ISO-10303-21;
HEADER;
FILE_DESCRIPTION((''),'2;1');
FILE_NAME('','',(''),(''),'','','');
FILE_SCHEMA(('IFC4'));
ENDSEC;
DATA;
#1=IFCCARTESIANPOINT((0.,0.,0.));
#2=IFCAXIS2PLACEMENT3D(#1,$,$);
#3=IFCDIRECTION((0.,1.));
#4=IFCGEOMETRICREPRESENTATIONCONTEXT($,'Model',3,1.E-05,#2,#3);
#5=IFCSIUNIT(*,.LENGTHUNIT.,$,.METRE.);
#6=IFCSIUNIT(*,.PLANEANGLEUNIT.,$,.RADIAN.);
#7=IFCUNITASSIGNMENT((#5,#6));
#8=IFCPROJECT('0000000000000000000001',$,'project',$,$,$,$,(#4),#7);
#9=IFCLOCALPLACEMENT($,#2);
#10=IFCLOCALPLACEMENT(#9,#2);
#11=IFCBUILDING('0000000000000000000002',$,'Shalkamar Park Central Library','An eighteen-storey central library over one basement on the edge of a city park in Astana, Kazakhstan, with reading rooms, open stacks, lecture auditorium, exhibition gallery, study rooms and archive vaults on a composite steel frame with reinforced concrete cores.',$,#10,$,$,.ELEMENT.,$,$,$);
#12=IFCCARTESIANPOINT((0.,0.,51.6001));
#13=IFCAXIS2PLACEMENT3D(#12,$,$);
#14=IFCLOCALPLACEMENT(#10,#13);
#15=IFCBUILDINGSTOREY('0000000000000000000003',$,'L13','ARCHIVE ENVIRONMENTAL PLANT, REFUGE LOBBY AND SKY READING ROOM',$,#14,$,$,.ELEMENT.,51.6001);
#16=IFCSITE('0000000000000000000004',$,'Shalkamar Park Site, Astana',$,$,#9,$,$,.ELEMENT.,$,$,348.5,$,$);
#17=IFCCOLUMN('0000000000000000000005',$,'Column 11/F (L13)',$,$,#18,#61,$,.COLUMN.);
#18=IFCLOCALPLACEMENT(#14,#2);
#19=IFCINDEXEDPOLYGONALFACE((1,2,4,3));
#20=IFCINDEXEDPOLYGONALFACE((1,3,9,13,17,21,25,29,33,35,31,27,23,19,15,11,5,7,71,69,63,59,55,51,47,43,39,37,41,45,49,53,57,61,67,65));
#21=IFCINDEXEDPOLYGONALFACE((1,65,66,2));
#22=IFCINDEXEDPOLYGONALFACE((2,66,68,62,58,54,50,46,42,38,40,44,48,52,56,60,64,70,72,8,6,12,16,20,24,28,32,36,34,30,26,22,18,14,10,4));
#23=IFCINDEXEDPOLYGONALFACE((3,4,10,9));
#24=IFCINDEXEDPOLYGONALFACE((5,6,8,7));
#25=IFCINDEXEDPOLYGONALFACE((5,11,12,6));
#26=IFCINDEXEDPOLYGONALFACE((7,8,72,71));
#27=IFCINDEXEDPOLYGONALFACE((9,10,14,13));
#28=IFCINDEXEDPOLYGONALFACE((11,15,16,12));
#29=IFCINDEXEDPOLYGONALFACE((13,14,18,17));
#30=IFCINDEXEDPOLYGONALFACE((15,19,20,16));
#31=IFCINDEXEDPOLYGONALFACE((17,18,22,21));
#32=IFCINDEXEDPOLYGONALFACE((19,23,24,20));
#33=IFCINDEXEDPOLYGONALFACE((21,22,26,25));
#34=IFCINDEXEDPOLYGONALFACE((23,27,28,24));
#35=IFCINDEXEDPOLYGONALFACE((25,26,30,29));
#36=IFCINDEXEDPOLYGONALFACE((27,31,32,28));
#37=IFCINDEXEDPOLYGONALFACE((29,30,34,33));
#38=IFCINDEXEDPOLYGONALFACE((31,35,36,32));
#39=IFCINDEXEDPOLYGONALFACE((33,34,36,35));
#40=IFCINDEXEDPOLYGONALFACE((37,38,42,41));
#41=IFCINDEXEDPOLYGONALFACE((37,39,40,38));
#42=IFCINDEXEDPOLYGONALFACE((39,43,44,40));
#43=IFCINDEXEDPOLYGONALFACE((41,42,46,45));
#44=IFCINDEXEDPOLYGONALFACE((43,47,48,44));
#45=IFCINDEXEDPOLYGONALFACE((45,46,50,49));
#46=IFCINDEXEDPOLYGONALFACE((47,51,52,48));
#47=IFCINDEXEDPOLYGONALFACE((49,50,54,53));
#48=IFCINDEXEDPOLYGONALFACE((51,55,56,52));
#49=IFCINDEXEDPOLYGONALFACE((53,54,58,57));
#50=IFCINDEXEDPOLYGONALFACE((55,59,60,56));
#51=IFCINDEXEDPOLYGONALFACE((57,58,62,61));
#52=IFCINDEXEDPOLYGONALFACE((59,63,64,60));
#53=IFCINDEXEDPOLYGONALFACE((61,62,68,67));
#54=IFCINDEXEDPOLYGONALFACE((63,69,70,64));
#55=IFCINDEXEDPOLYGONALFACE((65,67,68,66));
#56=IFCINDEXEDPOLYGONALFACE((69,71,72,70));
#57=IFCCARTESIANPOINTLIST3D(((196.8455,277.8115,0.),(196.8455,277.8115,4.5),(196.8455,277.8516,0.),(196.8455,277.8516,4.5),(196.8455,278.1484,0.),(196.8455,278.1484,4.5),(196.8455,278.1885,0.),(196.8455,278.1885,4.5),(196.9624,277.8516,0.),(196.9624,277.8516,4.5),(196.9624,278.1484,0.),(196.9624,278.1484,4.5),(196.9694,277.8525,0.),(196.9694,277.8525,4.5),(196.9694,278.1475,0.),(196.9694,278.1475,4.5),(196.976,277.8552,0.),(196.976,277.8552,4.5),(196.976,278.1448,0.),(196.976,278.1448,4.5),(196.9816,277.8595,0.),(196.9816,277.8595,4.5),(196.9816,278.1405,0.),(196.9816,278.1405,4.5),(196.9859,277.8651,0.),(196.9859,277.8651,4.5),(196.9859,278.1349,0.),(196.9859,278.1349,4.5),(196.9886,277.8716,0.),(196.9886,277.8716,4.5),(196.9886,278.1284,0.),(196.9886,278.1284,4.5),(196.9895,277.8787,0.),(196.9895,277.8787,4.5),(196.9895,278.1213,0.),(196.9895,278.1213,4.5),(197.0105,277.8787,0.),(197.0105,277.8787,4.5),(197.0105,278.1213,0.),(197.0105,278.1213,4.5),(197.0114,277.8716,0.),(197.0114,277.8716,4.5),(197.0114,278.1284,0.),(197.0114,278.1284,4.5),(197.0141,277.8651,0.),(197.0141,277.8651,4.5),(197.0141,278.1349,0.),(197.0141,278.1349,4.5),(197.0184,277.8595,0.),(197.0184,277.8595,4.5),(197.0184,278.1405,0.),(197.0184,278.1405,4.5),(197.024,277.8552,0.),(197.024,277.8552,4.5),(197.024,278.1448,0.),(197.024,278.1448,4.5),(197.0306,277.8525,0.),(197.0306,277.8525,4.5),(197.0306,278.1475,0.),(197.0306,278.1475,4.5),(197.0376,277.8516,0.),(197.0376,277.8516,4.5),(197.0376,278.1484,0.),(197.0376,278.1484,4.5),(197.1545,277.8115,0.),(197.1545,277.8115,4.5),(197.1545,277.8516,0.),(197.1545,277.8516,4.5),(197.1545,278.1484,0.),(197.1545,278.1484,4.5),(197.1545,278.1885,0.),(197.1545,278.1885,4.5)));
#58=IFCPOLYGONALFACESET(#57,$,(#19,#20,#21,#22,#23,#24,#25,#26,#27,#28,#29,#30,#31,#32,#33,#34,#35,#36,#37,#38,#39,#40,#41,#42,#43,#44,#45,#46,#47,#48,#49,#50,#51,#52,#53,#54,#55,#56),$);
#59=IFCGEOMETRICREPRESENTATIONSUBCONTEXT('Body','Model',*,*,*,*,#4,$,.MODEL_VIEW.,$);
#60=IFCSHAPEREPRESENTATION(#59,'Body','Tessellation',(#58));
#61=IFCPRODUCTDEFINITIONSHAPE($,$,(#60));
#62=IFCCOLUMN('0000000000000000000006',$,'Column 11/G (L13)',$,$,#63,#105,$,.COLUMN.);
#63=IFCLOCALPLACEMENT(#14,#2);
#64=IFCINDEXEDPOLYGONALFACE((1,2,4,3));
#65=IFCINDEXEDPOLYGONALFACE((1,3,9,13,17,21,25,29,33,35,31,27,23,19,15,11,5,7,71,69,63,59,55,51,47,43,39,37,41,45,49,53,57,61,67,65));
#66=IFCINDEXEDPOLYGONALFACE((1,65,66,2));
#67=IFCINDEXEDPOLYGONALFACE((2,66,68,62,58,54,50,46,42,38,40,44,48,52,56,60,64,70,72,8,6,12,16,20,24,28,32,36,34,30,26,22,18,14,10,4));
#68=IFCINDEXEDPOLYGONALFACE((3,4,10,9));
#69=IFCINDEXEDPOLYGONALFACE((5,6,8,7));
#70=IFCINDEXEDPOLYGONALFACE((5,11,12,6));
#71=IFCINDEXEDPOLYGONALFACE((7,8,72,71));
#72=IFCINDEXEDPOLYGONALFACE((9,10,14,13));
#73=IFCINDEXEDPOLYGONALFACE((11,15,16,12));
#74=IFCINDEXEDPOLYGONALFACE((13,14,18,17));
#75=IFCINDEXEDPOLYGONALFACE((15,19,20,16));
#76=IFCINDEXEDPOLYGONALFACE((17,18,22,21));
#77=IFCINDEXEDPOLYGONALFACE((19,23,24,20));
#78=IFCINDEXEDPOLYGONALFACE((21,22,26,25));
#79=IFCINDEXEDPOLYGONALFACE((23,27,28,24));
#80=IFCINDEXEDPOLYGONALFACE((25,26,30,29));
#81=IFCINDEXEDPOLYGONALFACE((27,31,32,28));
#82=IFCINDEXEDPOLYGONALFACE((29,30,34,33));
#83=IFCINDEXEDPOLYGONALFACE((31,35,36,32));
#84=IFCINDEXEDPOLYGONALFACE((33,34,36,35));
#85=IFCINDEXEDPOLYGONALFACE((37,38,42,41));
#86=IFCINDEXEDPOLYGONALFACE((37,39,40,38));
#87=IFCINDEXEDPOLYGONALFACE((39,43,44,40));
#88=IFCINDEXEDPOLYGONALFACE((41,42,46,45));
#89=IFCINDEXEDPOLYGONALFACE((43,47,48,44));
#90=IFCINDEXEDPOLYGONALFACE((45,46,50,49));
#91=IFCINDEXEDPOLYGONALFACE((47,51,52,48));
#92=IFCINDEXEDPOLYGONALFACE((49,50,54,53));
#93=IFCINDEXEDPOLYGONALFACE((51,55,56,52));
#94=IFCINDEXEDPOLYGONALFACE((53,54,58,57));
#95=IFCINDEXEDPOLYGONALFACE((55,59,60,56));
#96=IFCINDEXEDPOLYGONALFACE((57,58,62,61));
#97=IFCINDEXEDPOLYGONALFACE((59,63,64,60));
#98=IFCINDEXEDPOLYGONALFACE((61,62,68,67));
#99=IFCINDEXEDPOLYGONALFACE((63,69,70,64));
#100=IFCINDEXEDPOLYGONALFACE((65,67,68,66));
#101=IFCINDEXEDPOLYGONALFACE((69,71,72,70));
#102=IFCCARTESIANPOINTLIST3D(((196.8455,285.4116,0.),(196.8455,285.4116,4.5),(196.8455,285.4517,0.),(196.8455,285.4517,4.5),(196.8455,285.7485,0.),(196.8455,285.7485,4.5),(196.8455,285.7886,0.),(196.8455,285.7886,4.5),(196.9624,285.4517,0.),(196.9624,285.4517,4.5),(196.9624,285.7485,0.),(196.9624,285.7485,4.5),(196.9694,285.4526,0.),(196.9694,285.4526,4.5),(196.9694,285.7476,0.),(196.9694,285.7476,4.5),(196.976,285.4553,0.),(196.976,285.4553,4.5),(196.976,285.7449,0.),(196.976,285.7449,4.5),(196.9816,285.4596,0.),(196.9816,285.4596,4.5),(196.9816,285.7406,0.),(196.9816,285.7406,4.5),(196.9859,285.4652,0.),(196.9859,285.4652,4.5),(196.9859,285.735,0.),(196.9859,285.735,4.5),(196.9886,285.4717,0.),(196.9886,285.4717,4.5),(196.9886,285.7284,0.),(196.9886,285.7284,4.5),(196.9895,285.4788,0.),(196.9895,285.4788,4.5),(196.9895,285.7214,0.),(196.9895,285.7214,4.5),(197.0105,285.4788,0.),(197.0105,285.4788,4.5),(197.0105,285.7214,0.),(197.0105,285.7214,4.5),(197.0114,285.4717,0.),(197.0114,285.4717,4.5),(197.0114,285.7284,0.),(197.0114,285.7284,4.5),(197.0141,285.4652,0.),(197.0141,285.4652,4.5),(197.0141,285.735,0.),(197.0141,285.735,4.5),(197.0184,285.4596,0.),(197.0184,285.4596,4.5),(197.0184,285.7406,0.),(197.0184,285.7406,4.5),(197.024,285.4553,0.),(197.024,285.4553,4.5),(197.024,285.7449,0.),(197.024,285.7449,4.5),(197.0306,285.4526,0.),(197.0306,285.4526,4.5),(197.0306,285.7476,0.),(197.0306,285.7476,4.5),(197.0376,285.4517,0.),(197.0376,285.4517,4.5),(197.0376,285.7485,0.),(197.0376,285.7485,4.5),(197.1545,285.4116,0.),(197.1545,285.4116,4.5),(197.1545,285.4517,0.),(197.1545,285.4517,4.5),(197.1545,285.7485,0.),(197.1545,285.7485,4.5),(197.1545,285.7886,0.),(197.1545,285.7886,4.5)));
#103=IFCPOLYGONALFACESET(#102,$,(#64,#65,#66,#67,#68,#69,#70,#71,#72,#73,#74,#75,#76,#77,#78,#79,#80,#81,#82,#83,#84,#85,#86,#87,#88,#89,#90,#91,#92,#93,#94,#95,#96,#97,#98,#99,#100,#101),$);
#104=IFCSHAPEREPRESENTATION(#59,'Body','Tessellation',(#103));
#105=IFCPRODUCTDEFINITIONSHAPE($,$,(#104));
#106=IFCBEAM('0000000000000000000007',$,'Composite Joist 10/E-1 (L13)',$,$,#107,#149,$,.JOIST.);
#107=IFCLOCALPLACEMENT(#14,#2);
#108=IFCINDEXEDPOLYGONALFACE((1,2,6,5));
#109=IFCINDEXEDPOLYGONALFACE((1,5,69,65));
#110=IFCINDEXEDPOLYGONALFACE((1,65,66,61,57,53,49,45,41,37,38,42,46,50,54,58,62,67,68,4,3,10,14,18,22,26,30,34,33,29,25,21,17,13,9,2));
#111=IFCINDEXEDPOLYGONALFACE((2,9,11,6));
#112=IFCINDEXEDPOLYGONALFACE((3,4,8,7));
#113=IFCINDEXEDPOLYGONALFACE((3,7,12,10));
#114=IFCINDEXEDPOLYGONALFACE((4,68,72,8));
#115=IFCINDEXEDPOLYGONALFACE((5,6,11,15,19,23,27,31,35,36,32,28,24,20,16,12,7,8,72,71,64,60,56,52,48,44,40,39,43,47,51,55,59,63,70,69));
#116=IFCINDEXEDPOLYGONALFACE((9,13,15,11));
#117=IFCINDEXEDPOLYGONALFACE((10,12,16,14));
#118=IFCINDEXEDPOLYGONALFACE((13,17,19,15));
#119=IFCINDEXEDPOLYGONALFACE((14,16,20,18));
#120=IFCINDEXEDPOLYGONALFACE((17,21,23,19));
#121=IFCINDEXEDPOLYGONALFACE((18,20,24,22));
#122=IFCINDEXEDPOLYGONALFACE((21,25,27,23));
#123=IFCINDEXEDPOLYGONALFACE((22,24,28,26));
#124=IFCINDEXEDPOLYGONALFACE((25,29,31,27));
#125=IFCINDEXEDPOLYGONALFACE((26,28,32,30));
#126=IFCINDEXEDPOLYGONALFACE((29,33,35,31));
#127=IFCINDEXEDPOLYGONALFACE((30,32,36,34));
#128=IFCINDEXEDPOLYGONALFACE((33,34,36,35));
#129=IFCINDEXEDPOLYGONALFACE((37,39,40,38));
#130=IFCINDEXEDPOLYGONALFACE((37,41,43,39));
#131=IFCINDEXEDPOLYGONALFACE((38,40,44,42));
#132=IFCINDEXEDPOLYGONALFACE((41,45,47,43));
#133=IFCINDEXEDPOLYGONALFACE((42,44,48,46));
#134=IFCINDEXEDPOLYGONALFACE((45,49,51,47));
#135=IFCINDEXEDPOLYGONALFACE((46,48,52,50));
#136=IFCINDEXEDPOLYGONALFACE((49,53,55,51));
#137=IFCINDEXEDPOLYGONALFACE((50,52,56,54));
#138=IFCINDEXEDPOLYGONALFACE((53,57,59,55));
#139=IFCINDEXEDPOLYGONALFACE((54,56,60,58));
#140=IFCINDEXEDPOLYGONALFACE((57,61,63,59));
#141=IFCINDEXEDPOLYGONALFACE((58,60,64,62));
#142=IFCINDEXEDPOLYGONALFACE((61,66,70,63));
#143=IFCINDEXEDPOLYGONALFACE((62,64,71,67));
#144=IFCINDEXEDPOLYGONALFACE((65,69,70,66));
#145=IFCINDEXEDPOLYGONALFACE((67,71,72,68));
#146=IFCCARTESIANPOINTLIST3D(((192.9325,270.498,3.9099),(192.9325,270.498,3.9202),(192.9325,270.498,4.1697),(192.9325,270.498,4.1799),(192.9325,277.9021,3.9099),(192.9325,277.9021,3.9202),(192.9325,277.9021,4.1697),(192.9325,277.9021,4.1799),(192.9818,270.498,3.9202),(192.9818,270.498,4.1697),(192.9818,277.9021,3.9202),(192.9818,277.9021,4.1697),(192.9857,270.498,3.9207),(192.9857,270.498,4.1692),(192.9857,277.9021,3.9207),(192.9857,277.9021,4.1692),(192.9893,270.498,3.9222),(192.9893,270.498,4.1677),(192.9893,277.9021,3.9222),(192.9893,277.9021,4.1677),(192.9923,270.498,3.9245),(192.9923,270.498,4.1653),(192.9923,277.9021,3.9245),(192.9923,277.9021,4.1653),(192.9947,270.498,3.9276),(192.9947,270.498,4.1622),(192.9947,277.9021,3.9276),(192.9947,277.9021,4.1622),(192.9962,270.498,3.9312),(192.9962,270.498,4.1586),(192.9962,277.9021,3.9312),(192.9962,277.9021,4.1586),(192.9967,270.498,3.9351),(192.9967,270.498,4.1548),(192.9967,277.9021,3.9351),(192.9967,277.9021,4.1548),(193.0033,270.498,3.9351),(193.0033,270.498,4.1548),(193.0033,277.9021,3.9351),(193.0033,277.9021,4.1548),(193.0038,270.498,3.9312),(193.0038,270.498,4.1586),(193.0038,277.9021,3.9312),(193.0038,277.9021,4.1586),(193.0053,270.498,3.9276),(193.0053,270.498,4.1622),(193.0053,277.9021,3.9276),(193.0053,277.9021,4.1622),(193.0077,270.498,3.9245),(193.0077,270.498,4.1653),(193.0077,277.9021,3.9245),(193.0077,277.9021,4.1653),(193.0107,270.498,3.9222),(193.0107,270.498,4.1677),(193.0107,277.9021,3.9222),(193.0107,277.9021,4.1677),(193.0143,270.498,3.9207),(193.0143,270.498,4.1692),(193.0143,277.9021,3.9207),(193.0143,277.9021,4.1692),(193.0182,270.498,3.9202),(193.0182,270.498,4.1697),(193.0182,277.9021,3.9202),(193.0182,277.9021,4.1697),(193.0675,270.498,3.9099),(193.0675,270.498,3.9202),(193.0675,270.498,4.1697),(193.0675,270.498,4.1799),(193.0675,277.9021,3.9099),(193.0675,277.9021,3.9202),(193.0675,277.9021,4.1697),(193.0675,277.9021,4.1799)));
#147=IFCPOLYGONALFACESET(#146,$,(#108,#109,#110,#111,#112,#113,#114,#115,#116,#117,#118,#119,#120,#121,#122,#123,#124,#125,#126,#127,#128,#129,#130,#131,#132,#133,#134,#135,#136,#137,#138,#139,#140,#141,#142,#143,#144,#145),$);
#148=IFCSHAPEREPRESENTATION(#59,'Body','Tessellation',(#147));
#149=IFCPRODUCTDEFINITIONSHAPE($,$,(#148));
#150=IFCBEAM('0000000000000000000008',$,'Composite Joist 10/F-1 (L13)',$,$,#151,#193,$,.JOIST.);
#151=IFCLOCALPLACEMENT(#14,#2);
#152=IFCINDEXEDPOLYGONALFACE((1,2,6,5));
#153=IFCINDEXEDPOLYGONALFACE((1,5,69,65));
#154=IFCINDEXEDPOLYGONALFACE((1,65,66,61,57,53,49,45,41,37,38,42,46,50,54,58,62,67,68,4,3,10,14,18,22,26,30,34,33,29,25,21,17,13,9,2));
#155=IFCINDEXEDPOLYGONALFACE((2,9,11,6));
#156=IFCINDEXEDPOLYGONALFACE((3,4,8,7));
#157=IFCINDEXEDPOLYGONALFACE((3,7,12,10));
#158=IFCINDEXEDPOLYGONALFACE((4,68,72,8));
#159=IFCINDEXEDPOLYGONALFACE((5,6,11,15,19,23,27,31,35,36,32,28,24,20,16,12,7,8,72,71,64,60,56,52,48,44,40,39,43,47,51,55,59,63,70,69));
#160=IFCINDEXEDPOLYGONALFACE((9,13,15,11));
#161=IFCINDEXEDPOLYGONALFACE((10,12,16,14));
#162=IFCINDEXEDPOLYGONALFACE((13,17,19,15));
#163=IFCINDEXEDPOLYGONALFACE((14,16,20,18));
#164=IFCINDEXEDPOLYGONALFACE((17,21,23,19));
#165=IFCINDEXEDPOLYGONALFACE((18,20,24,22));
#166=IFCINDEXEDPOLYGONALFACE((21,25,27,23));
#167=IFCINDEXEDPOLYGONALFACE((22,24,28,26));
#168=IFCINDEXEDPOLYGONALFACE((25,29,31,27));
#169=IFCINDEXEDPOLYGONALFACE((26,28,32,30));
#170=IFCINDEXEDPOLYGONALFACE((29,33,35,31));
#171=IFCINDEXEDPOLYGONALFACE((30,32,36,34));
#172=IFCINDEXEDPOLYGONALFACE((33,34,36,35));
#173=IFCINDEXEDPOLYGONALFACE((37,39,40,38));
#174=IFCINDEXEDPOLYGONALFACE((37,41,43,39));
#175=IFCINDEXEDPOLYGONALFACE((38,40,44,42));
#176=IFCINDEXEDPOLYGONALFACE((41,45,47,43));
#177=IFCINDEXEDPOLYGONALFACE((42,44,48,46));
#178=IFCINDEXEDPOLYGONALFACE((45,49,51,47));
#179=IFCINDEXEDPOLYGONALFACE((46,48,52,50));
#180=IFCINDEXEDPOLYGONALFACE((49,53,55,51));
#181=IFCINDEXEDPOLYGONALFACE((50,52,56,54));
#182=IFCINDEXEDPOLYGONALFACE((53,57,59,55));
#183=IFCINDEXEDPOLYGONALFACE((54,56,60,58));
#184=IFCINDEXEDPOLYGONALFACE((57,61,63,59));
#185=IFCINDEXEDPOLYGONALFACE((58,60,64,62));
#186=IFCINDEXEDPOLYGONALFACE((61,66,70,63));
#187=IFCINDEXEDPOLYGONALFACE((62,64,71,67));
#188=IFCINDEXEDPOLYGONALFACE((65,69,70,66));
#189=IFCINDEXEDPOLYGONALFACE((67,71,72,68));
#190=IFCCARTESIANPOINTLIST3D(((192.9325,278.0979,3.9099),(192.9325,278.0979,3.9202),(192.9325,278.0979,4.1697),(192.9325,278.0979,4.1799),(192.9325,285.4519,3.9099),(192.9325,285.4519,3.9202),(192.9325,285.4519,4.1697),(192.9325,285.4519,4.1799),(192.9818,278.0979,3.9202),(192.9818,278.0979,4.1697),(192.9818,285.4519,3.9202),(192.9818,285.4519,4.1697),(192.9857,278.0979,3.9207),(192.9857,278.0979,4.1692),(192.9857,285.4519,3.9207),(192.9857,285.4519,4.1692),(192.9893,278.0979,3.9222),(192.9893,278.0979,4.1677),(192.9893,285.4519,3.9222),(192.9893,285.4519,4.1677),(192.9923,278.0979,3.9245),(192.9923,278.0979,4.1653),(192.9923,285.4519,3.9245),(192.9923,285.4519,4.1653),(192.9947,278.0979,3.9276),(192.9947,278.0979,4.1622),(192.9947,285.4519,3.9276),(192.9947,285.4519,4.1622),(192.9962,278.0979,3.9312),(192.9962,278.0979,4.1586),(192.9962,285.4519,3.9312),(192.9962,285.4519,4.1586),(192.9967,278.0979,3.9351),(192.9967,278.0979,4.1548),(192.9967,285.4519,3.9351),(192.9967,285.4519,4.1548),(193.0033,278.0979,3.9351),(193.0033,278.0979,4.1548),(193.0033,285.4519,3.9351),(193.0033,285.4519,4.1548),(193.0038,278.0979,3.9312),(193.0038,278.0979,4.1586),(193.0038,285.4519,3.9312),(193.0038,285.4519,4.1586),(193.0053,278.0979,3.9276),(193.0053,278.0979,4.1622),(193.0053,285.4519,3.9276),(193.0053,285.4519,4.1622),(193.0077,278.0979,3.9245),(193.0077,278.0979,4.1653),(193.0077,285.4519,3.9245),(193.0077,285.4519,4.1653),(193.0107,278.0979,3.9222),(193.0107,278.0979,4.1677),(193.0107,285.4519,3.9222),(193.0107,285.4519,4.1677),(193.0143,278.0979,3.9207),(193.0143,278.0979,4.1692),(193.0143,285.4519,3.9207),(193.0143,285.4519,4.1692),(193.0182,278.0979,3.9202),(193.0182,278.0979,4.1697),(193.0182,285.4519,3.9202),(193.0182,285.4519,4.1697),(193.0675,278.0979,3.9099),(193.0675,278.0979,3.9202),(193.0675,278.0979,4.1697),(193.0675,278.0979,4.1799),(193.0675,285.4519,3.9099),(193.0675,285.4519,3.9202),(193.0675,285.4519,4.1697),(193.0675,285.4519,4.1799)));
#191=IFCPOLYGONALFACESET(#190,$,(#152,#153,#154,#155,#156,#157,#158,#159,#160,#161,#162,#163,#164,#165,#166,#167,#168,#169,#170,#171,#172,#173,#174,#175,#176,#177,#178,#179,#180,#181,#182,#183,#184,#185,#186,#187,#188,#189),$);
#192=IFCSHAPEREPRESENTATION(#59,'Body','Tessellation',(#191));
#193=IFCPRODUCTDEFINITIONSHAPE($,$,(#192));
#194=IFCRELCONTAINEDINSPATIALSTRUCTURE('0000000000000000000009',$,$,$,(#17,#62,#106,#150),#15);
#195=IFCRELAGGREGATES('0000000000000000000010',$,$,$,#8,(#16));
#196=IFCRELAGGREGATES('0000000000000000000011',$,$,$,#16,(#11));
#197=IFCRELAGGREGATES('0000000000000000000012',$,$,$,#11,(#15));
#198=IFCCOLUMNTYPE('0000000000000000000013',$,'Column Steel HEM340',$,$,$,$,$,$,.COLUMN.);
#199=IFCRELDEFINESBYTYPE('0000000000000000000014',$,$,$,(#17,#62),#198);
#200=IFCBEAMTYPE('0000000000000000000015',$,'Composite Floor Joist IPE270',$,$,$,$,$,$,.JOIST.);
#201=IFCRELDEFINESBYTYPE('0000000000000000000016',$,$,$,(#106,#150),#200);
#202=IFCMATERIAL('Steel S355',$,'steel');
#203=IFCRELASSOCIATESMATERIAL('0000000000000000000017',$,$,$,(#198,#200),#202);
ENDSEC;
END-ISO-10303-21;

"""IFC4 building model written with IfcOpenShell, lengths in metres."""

from ifc_helpers import new_model, si_unit, direction, frame, origin, origin_2d, place, context, subcontext, project, spatial, i_section, extrude, material, material_profile, profile_set, type_object, element, save


model = new_model("IFC4")

# Units and contexts
model_context = context("Model", 3, precision=1e-05, world=origin(), true_north=direction((0.0, 1.0)))
body_context = subcontext(model_context, "Body", "Model", "MODEL_VIEW")
ifc_project = project(units=[si_unit("LENGTHUNIT", "METRE"), si_unit("PLANEANGLEUNIT", "RADIAN")], contexts=[model_context])

# Site, building, storey
site_placement = place(None, origin())
site = spatial("IfcSite", under=ifc_project, at=site_placement, Name="Shalkamar Park Site, Astana", CompositionType="ELEMENT", RefElevation=348.5)
building_placement = place(site_placement, origin())
building = spatial("IfcBuilding", under=site, at=building_placement, Name="Shalkamar Park Central Library", Description="An eighteen-storey central library over one basement on the edge of a city park in Astana, Kazakhstan, with reading rooms, open stacks, lecture auditorium, exhibition gallery, study rooms and archive vaults on a composite steel frame with reinforced concrete cores.", CompositionType="ELEMENT")
storey_placement = place(building_placement, frame((0.0, 0.0, 51.6001)))
storey = spatial("IfcBuildingStorey", under=building, at=storey_placement, Name="L13", Description="ARCHIVE ENVIRONMENTAL PLANT, REFUGE LOBBY AND SKY READING ROOM", CompositionType="ELEMENT", Elevation=51.6001)

# Columns
ifc_material_1 = material(Name="Steel S355", Category="steel")
ifc_material_profile_1 = material_profile(ifc_material_1, i_section(OverallWidth=0.3091, OverallDepth=0.377, WebThickness=0.021, FlangeThickness=0.04, FilletRadius=0.0271, at=origin_2d()), Name="HEM 340")
ifc_profile_set_1 = profile_set([ifc_material_profile_1], Name="Steel S355")
column_type = type_object("IfcColumnType", Name="Column Steel HEM340", PredefinedType="COLUMN", material=ifc_profile_set_1)
for number, where, z_axis, x_axis, name in (
    (1, (197.0, 278.0, 0.0), (0.0, 0.0, 1.0), (1.0, 0.0, 0.0), "Column 11/F (L13)"),
    (2, (197.0, 285.6001, 0.0), (0.0, 0.0, 1.0), (1.0, 0.0, 0.0), "Column 11/G (L13)"),
):
    element("IfcColumn", number, at=place(storey_placement, frame(where, z_axis=z_axis, x_axis=x_axis)), inside=storey, type_object=column_type, Name=name, PredefinedType="COLUMN", context=body_context, shape_type="SweptSolid", body=[
        extrude(i_section(OverallWidth=0.3091, OverallDepth=0.377, WebThickness=0.021, FlangeThickness=0.04, FilletRadius=0.0271, at=origin_2d()), origin(), (0.0, 0.0, 1.0), 4.5),
    ])

# Beams
ifc_material_profile_2 = material_profile(ifc_material_1, i_section(OverallWidth=0.135, OverallDepth=0.27, WebThickness=0.0066, FlangeThickness=0.0103, FilletRadius=0.0149, at=origin_2d()), Name="IPE 270")
ifc_profile_set_2 = profile_set([ifc_material_profile_2], Name="Steel S355")
beam_type_1 = type_object("IfcBeamType", Name="Composite Floor Joist IPE270", PredefinedType="JOIST", material=ifc_profile_set_2)
beam_1_placement = place(storey_placement, frame((193.0, 270.498, 4.0449), z_axis=(0.0, 1.0, 0.0), x_axis=(-1.0, 0.0, 0.0)))
element("IfcBeam", 3, at=beam_1_placement, inside=storey, type_object=beam_type_1, Name="Composite Joist 10/E-1 (L13)", PredefinedType="JOIST", context=body_context, shape_type="SweptSolid", body=[
    extrude(i_section(OverallWidth=0.135, OverallDepth=0.27, WebThickness=0.0066, FlangeThickness=0.0103, FilletRadius=0.0149, at=origin_2d()), origin(), (0.0, 0.0, 1.0), 7.4041),
])
beam_2_placement = place(storey_placement, frame((193.0, 278.0979, 4.0449), z_axis=(0.0, 1.0, 0.0), x_axis=(-1.0, 0.0, 0.0)))
element("IfcBeam", 4, at=beam_2_placement, inside=storey, type_object=beam_type_1, Name="Composite Joist 10/F-1 (L13)", PredefinedType="JOIST", context=body_context, shape_type="SweptSolid", body=[
    extrude(i_section(OverallWidth=0.135, OverallDepth=0.27, WebThickness=0.0066, FlangeThickness=0.0103, FilletRadius=0.0149, at=origin_2d()), origin(), (0.0, 0.0, 1.0), 7.354),
])

save(model, "model.ifc")
